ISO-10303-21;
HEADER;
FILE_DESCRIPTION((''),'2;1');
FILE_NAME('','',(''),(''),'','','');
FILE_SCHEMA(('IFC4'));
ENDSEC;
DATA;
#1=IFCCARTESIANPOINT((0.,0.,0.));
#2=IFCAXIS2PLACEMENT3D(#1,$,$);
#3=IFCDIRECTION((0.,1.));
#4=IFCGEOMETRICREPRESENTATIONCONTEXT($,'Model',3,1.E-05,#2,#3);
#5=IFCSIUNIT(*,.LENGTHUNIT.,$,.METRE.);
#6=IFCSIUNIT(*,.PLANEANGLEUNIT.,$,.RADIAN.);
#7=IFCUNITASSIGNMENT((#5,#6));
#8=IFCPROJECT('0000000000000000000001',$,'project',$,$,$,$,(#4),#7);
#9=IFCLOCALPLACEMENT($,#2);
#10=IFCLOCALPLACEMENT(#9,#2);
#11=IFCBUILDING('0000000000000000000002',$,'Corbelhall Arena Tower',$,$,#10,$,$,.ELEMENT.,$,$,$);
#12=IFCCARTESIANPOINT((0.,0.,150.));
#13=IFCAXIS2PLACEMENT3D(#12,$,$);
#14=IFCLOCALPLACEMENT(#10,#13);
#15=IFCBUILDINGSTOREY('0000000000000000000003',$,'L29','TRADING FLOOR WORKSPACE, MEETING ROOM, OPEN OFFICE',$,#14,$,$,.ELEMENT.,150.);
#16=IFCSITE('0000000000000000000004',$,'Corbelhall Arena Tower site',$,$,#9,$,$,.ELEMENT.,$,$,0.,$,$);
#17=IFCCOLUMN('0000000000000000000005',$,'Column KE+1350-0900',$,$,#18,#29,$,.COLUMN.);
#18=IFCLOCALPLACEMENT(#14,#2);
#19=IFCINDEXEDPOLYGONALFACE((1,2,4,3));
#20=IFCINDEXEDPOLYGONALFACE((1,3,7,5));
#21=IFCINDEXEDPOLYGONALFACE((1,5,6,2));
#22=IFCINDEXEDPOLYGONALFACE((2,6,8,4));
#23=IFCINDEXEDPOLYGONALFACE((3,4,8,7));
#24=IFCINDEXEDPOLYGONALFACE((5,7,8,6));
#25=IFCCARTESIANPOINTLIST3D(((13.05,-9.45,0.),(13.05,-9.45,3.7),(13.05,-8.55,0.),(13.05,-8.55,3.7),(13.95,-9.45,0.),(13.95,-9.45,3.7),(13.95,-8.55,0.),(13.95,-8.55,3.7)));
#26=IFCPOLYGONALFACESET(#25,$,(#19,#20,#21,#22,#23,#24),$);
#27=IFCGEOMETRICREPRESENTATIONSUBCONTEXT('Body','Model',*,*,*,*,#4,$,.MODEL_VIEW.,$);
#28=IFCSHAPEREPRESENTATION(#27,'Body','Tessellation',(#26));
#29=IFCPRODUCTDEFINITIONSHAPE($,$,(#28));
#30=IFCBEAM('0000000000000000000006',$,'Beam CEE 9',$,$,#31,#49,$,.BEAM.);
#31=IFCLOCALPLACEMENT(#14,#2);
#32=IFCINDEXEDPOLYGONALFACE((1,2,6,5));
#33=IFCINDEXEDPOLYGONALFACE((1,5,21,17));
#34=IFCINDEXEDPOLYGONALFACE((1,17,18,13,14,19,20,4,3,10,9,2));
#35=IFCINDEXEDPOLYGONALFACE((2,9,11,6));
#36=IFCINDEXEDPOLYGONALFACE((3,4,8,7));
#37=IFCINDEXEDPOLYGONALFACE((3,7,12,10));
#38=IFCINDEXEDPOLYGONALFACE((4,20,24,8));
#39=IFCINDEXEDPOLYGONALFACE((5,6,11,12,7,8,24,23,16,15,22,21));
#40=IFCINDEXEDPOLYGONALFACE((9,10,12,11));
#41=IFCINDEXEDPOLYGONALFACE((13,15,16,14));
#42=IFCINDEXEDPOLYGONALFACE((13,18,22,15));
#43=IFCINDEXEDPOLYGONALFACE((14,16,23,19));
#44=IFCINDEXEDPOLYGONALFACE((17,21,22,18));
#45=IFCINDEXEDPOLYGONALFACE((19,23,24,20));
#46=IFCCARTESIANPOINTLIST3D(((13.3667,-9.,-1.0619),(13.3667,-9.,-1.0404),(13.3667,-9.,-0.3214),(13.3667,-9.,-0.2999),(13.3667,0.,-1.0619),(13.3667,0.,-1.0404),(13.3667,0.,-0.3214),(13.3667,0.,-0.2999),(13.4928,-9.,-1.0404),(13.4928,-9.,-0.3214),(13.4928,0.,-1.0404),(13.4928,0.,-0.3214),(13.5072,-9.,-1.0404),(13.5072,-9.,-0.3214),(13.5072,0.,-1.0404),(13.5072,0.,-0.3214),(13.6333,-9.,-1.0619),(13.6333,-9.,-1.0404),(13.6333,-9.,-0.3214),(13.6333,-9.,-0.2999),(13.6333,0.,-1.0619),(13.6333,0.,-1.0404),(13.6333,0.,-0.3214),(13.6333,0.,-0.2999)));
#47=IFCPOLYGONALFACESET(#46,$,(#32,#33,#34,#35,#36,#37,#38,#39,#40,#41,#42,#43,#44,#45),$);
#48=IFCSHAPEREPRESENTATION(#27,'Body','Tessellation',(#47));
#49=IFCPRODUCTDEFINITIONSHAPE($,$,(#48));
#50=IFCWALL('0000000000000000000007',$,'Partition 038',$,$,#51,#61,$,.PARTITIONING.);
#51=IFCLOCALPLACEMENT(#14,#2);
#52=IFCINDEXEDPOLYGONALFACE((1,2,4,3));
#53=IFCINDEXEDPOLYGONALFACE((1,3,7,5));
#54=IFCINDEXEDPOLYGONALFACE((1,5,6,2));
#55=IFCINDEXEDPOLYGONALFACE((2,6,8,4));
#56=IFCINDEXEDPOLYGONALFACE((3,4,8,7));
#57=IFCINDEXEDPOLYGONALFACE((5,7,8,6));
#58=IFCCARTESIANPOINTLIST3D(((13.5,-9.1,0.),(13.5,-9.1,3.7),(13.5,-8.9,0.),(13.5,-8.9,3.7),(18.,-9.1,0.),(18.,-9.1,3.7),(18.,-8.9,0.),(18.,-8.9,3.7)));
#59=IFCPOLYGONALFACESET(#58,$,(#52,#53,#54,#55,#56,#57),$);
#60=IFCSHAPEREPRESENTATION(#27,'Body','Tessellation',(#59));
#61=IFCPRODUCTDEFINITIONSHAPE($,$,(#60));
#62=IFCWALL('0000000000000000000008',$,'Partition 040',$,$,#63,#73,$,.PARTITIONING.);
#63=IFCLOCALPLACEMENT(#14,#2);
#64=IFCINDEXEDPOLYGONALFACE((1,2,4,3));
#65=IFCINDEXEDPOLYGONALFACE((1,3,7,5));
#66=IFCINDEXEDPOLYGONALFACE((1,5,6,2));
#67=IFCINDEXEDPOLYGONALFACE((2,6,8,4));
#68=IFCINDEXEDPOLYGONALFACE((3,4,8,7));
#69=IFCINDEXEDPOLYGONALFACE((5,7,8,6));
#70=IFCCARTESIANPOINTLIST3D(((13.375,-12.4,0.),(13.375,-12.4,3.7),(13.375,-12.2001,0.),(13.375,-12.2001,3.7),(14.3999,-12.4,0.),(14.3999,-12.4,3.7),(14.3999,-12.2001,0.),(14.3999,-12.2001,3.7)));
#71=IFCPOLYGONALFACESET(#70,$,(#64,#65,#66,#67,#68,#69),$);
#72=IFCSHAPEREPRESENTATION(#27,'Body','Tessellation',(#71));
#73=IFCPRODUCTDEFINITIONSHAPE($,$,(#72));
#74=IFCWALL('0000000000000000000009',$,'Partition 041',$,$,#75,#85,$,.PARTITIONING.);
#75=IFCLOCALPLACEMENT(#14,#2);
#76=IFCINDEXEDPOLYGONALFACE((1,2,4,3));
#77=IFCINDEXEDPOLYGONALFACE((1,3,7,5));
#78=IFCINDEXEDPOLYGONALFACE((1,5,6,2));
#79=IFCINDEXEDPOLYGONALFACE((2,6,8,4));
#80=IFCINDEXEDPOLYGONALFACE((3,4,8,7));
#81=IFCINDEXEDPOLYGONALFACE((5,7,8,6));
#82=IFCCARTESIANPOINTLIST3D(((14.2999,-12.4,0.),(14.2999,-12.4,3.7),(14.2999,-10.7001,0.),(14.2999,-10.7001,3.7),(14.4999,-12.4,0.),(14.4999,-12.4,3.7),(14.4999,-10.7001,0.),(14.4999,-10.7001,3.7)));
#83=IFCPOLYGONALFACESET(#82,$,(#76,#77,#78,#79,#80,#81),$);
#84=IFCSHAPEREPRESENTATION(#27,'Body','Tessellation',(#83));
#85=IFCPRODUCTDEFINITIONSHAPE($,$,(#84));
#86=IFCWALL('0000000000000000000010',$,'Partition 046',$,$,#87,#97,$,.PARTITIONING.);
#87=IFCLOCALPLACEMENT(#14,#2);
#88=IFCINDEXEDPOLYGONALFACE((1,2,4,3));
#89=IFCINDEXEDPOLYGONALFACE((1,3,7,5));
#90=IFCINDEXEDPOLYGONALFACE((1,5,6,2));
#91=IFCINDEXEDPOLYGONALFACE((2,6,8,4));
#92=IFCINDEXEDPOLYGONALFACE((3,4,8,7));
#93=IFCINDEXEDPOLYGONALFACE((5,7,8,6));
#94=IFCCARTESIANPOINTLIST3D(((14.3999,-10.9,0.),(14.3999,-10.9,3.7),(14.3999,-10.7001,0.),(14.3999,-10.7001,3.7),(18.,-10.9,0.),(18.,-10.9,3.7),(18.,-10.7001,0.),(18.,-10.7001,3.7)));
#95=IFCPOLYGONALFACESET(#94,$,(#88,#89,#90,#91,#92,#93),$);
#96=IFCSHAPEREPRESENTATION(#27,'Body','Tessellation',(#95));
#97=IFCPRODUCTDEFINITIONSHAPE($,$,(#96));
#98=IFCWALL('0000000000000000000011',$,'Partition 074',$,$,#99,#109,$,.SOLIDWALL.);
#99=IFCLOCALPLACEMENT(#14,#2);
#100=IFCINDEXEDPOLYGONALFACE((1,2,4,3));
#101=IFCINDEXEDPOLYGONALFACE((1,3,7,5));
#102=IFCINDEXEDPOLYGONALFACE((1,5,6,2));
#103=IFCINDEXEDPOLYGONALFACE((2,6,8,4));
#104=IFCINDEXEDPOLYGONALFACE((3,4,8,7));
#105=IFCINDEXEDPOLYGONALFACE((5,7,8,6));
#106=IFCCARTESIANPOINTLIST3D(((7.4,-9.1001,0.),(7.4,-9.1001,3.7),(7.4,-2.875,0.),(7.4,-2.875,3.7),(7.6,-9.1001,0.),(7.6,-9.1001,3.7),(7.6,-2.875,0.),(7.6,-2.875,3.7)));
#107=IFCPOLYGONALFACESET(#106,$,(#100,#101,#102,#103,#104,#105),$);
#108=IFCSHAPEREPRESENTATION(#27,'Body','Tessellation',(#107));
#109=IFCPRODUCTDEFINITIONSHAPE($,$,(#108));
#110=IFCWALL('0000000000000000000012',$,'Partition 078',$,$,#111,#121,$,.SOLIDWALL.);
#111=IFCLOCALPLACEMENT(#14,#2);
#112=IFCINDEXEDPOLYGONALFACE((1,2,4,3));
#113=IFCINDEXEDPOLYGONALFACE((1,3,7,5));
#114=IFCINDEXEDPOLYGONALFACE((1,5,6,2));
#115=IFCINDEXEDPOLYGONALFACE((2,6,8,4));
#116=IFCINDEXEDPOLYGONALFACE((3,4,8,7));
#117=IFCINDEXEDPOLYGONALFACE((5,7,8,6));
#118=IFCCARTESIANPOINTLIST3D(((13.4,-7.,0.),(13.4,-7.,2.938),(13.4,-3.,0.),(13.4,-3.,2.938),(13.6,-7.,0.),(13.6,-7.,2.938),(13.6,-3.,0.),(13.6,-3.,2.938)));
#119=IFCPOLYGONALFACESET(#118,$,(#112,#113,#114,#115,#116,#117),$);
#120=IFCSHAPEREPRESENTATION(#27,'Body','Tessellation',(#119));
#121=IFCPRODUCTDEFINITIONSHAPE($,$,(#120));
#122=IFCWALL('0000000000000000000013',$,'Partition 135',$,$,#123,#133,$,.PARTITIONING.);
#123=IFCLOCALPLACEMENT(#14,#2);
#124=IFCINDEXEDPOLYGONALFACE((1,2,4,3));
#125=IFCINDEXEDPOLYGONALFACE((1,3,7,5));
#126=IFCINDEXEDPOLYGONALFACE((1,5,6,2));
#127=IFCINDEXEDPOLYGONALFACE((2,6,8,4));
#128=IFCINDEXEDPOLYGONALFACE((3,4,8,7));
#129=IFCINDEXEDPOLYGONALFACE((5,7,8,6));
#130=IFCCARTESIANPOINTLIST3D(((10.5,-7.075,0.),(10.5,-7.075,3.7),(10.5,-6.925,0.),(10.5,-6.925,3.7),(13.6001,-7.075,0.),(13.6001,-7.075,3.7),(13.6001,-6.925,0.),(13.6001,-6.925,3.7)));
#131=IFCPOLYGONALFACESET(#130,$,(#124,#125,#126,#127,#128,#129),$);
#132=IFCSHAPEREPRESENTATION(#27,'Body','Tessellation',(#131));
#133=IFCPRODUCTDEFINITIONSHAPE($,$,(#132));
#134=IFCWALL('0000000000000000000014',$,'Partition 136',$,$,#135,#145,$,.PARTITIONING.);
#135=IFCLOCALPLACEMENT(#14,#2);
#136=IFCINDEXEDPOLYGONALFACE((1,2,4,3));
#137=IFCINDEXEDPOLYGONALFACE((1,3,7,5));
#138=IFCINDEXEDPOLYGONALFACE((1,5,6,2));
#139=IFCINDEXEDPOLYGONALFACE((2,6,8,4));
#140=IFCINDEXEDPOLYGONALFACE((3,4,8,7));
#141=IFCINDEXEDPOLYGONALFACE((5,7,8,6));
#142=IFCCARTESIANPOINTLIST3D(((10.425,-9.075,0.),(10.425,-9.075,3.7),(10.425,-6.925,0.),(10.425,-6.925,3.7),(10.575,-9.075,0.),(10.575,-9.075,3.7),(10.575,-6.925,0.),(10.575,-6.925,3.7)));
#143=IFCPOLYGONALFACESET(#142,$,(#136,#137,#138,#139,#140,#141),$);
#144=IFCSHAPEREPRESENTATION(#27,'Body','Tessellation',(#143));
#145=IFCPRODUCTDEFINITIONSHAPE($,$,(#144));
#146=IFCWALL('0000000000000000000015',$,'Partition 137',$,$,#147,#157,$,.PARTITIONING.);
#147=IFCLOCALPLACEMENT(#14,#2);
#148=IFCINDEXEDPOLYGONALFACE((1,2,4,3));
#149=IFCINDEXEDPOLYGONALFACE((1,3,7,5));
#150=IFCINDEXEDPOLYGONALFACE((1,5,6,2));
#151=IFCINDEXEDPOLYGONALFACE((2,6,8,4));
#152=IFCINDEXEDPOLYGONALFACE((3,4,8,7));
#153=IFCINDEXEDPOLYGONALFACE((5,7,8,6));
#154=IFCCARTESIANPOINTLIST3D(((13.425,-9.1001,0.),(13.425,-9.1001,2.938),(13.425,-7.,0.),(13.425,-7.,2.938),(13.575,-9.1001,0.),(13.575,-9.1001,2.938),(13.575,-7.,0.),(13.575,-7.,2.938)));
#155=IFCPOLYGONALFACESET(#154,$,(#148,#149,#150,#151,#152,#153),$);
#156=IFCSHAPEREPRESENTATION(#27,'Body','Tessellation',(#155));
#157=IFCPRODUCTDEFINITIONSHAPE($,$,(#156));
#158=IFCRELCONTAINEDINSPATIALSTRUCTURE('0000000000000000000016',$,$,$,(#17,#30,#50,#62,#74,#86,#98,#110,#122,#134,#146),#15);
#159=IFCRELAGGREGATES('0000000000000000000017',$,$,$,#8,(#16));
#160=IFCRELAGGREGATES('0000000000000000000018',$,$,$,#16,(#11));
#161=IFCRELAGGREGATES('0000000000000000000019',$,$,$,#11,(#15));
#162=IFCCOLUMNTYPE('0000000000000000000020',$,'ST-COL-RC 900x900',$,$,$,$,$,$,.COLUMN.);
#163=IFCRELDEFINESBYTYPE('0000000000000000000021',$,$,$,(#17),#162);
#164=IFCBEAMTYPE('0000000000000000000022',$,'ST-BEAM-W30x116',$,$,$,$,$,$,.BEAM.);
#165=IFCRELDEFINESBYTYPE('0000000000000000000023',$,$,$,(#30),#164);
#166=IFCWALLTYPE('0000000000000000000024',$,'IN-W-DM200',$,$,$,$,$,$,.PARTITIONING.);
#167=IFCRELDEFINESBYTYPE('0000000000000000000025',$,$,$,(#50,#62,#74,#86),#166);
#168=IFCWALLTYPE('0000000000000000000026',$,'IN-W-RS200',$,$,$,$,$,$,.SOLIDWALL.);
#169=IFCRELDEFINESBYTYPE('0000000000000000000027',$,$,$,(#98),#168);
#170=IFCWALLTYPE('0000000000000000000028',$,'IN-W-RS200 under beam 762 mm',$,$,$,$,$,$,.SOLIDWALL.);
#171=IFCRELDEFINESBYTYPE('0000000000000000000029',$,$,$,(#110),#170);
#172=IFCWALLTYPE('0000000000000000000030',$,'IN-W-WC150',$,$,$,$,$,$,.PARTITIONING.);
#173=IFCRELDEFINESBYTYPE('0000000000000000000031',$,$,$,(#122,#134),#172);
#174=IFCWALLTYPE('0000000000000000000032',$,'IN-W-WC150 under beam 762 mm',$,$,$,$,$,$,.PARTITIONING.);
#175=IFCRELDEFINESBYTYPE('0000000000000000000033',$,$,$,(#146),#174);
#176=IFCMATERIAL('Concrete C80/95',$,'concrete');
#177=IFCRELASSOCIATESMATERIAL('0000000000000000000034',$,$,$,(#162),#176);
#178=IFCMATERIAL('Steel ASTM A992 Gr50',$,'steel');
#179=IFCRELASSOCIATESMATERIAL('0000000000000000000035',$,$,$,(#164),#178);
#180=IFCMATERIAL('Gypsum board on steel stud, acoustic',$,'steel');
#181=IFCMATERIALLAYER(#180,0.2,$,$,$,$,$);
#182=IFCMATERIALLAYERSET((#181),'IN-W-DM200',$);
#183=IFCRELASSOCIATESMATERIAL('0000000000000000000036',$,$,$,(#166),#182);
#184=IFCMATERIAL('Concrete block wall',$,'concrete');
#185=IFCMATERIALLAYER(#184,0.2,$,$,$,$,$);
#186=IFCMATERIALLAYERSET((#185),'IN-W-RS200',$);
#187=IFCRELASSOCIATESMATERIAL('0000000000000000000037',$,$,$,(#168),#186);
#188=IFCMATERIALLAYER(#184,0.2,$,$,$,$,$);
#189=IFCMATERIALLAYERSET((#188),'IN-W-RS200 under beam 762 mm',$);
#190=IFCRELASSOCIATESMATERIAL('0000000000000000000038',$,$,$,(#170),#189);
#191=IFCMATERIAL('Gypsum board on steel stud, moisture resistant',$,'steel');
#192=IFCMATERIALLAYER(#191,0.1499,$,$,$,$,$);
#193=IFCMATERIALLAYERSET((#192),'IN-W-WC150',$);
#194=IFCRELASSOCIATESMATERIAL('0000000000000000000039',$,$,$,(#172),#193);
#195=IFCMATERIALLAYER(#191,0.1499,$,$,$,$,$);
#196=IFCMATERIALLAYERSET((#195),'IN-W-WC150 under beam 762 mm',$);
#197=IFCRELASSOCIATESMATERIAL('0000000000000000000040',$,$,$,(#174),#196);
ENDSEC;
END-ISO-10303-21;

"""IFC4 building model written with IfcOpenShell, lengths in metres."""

from ifc_helpers import new_model, si_unit, direction, frame, frame_2d, origin, origin_2d, place, context, subcontext, project, spatial, rectangle, i_section, extrude, material, layer, layer_set, material_profile, profile_set, type_object, element, save


model = new_model("IFC4")

# Units and contexts
model_context = context("Model", 3, precision=1e-05, world=origin(), true_north=direction((0.0, 1.0)))
body_context = subcontext(model_context, "Body", "Model", "MODEL_VIEW")
ifc_project = project(units=[si_unit("LENGTHUNIT", "METRE"), si_unit("PLANEANGLEUNIT", "RADIAN")], contexts=[model_context])

# Site, building, storey
site_placement = place(None, origin())
site = spatial("IfcSite", under=ifc_project, at=site_placement, Name="Corbelhall Arena Tower site", CompositionType="ELEMENT", RefElevation=0.0)
building_placement = place(site_placement, origin())
building = spatial("IfcBuilding", under=site, at=building_placement, Name="Corbelhall Arena Tower", CompositionType="ELEMENT")
storey_placement = place(building_placement, frame((0.0, 0.0, 150.0)))
storey = spatial("IfcBuildingStorey", under=building, at=storey_placement, Name="L29", Description="TRADING FLOOR WORKSPACE, MEETING ROOM, OPEN OFFICE", CompositionType="ELEMENT", Elevation=150.0)

# Column
ifc_material_1 = material(Name="Concrete C80/95", Category="concrete")
ifc_material_profile_1 = material_profile(ifc_material_1, rectangle(XDim=0.8999, YDim=0.8999, at=origin_2d()))
ifc_profile_set_1 = profile_set([ifc_material_profile_1], Name="Concrete C80/95")
column_type = type_object("IfcColumnType", Name="ST-COL-RC 900x900", PredefinedType="COLUMN", material=ifc_profile_set_1)
column_placement = place(storey_placement, frame((13.5, -9.0, 0.0), z_axis=(0.0, 0.0, 1.0), x_axis=(1.0, 0.0, 0.0)))
element("IfcColumn", 1, at=column_placement, inside=storey, type_object=column_type, Name="Column KE+1350-0900", PredefinedType="COLUMN", context=body_context, shape_type="SweptSolid", body=[
    extrude(rectangle(XDim=0.8999, YDim=0.8999, at=origin_2d()), origin(), (0.0, 0.0, 1.0), 3.7),
])

# Beam
ifc_material_2 = material(Name="Steel ASTM A992 Gr50", Category="steel")
ifc_material_profile_2 = material_profile(ifc_material_2, i_section(OverallWidth=0.2666, OverallDepth=0.762, WebThickness=0.0144, FlangeThickness=0.0215, at=origin_2d()))
ifc_profile_set_2 = profile_set([ifc_material_profile_2], Name="Steel ASTM A992 Gr50")
beam_type = type_object("IfcBeamType", Name="ST-BEAM-W30x116", PredefinedType="BEAM", material=ifc_profile_set_2)
beam_placement = place(storey_placement, frame((13.5, -9.0, -0.6809), z_axis=(0.0, 1.0, 0.0), x_axis=(-1.0, 0.0, 0.0)))
element("IfcBeam", 2, at=beam_placement, inside=storey, type_object=beam_type, Name="Beam CEE 9", PredefinedType="BEAM", context=body_context, shape_type="SweptSolid", body=[
    extrude(i_section(OverallWidth=0.2666, OverallDepth=0.762, WebThickness=0.0144, FlangeThickness=0.0215, at=origin_2d()), origin(), (0.0, 0.0, 1.0), 9.0),
])

# Walls
ifc_material_3 = material(Name="Gypsum board on steel stud, acoustic", Category="steel")
ifc_layer_1 = layer(ifc_material_3, 0.2)
ifc_layer_set_1 = layer_set([ifc_layer_1], Name="IN-W-DM200")
wall_type_1 = type_object("IfcWallType", Name="IN-W-DM200", PredefinedType="PARTITIONING", material=ifc_layer_set_1)
wall_1_placement = place(storey_placement, frame((13.5, -9.0, 0.0), z_axis=(0.0, 0.0, 1.0), x_axis=(1.0, 0.0, 0.0)))
element("IfcWall", 3, at=wall_1_placement, inside=storey, type_object=wall_type_1, Name="Partition 038", PredefinedType="PARTITIONING", context=body_context, shape_type="SweptSolid", body=[
    extrude(rectangle(XDim=4.5, YDim=0.2, at=frame_2d((2.25, 0.0))), origin(), (0.0, 0.0, 1.0), 3.7),
])
wall_2_placement = place(storey_placement, frame((14.3999, -12.3, 0.0), z_axis=(0.0, 0.0, 1.0), x_axis=(-1.0, 0.0, 0.0)))
element("IfcWall", 4, at=wall_2_placement, inside=storey, type_object=wall_type_1, Name="Partition 040", PredefinedType="PARTITIONING", context=body_context, shape_type="SweptSolid", body=[
    extrude(rectangle(XDim=1.0249, YDim=0.2, at=frame_2d((0.5125, 0.0))), origin(), (0.0, 0.0, 1.0), 3.7),
])
wall_3_placement = place(storey_placement, frame((14.3999, -10.7, 0.0), z_axis=(0.0, 0.0, 1.0), x_axis=(0.0, -1.0, 0.0)))
element("IfcWall", 5, at=wall_3_placement, inside=storey, type_object=wall_type_1, Name="Partition 041", PredefinedType="PARTITIONING", context=body_context, shape_type="SweptSolid", body=[
    extrude(rectangle(XDim=1.7, YDim=0.2, at=frame_2d((0.8501, 0.0))), origin(), (0.0, 0.0, 1.0), 3.7),
])
wall_4_placement = place(storey_placement, frame((18.0, -10.8, 0.0), z_axis=(0.0, 0.0, 1.0), x_axis=(-1.0, 0.0, 0.0)))
element("IfcWall", 6, at=wall_4_placement, inside=storey, type_object=wall_type_1, Name="Partition 046", PredefinedType="PARTITIONING", context=body_context, shape_type="SweptSolid", body=[
    extrude(rectangle(XDim=3.6001, YDim=0.2, at=frame_2d((1.8, 0.0))), origin(), (0.0, 0.0, 1.0), 3.7),
])

# Wall
ifc_material_4 = material(Name="Concrete block wall", Category="concrete")
ifc_layer_2 = layer(ifc_material_4, 0.2)
ifc_layer_set_2 = layer_set([ifc_layer_2], Name="IN-W-RS200")
wall_type_2 = type_object("IfcWallType", Name="IN-W-RS200", PredefinedType="SOLIDWALL", material=ifc_layer_set_2)
wall_5_placement = place(storey_placement, frame((7.5, -2.875, 0.0), z_axis=(0.0, 0.0, 1.0), x_axis=(0.0, -1.0, 0.0)))
element("IfcWall", 7, at=wall_5_placement, inside=storey, type_object=wall_type_2, Name="Partition 074", PredefinedType="SOLIDWALL", context=body_context, shape_type="SweptSolid", body=[
    extrude(rectangle(XDim=6.2251, YDim=0.2, at=frame_2d((3.1125, 0.0))), origin(), (0.0, 0.0, 1.0), 3.7),
])

# Walls
ifc_layer_3 = layer(ifc_material_4, 0.2)
ifc_layer_set_3 = layer_set([ifc_layer_3], Name="IN-W-RS200 under beam 762 mm")
wall_type_3 = type_object("IfcWallType", Name="IN-W-RS200 under beam 762 mm", PredefinedType="SOLIDWALL", material=ifc_layer_set_3)
wall_6_placement = place(storey_placement, frame((13.5, -3.0, 0.0), z_axis=(0.0, 0.0, 1.0), x_axis=(0.0, -1.0, 0.0)))
element("IfcWall", 8, at=wall_6_placement, inside=storey, type_object=wall_type_3, Name="Partition 078", PredefinedType="SOLIDWALL", context=body_context, shape_type="SweptSolid", body=[
    extrude(rectangle(XDim=4.0, YDim=0.2, at=frame_2d((2.0, 0.0))), origin(), (0.0, 0.0, 1.0), 2.938),
])
ifc_material_5 = material(Name="Gypsum board on steel stud, moisture resistant", Category="steel")
ifc_layer_4 = layer(ifc_material_5, 0.1499)
ifc_layer_set_4 = layer_set([ifc_layer_4], Name="IN-W-WC150")
wall_type_4 = type_object("IfcWallType", Name="IN-W-WC150", PredefinedType="PARTITIONING", material=ifc_layer_set_4)
wall_7_placement = place(storey_placement, frame((10.5, -7.0, 0.0), z_axis=(0.0, 0.0, 1.0), x_axis=(1.0, 0.0, 0.0)))
element("IfcWall", 9, at=wall_7_placement, inside=storey, type_object=wall_type_4, Name="Partition 135", PredefinedType="PARTITIONING", context=body_context, shape_type="SweptSolid", body=[
    extrude(rectangle(XDim=3.1001, YDim=0.1499, at=frame_2d((1.55, 0.0))), origin(), (0.0, 0.0, 1.0), 3.7),
])
wall_8_placement = place(storey_placement, frame((10.5, -6.925, 0.0), z_axis=(0.0, 0.0, 1.0), x_axis=(0.0, -1.0, 0.0)))
element("IfcWall", 10, at=wall_8_placement, inside=storey, type_object=wall_type_4, Name="Partition 136", PredefinedType="PARTITIONING", context=body_context, shape_type="SweptSolid", body=[
    extrude(rectangle(XDim=2.1499, YDim=0.1499, at=frame_2d((1.075, 0.0))), origin(), (0.0, 0.0, 1.0), 3.7),
])
ifc_layer_5 = layer(ifc_material_5, 0.1499)
ifc_layer_set_5 = layer_set([ifc_layer_5], Name="IN-W-WC150 under beam 762 mm")
wall_type_5 = type_object("IfcWallType", Name="IN-W-WC150 under beam 762 mm", PredefinedType="PARTITIONING", material=ifc_layer_set_5)
wall_9_placement = place(storey_placement, frame((13.5, -7.0, 0.0), z_axis=(0.0, 0.0, 1.0), x_axis=(0.0, -1.0, 0.0)))
element("IfcWall", 11, at=wall_9_placement, inside=storey, type_object=wall_type_5, Name="Partition 137", PredefinedType="PARTITIONING", context=body_context, shape_type="SweptSolid", body=[
    extrude(rectangle(XDim=2.1001, YDim=0.1499, at=frame_2d((1.05, 0.0))), origin(), (0.0, 0.0, 1.0), 2.938),
])

save(model, "model.ifc")
